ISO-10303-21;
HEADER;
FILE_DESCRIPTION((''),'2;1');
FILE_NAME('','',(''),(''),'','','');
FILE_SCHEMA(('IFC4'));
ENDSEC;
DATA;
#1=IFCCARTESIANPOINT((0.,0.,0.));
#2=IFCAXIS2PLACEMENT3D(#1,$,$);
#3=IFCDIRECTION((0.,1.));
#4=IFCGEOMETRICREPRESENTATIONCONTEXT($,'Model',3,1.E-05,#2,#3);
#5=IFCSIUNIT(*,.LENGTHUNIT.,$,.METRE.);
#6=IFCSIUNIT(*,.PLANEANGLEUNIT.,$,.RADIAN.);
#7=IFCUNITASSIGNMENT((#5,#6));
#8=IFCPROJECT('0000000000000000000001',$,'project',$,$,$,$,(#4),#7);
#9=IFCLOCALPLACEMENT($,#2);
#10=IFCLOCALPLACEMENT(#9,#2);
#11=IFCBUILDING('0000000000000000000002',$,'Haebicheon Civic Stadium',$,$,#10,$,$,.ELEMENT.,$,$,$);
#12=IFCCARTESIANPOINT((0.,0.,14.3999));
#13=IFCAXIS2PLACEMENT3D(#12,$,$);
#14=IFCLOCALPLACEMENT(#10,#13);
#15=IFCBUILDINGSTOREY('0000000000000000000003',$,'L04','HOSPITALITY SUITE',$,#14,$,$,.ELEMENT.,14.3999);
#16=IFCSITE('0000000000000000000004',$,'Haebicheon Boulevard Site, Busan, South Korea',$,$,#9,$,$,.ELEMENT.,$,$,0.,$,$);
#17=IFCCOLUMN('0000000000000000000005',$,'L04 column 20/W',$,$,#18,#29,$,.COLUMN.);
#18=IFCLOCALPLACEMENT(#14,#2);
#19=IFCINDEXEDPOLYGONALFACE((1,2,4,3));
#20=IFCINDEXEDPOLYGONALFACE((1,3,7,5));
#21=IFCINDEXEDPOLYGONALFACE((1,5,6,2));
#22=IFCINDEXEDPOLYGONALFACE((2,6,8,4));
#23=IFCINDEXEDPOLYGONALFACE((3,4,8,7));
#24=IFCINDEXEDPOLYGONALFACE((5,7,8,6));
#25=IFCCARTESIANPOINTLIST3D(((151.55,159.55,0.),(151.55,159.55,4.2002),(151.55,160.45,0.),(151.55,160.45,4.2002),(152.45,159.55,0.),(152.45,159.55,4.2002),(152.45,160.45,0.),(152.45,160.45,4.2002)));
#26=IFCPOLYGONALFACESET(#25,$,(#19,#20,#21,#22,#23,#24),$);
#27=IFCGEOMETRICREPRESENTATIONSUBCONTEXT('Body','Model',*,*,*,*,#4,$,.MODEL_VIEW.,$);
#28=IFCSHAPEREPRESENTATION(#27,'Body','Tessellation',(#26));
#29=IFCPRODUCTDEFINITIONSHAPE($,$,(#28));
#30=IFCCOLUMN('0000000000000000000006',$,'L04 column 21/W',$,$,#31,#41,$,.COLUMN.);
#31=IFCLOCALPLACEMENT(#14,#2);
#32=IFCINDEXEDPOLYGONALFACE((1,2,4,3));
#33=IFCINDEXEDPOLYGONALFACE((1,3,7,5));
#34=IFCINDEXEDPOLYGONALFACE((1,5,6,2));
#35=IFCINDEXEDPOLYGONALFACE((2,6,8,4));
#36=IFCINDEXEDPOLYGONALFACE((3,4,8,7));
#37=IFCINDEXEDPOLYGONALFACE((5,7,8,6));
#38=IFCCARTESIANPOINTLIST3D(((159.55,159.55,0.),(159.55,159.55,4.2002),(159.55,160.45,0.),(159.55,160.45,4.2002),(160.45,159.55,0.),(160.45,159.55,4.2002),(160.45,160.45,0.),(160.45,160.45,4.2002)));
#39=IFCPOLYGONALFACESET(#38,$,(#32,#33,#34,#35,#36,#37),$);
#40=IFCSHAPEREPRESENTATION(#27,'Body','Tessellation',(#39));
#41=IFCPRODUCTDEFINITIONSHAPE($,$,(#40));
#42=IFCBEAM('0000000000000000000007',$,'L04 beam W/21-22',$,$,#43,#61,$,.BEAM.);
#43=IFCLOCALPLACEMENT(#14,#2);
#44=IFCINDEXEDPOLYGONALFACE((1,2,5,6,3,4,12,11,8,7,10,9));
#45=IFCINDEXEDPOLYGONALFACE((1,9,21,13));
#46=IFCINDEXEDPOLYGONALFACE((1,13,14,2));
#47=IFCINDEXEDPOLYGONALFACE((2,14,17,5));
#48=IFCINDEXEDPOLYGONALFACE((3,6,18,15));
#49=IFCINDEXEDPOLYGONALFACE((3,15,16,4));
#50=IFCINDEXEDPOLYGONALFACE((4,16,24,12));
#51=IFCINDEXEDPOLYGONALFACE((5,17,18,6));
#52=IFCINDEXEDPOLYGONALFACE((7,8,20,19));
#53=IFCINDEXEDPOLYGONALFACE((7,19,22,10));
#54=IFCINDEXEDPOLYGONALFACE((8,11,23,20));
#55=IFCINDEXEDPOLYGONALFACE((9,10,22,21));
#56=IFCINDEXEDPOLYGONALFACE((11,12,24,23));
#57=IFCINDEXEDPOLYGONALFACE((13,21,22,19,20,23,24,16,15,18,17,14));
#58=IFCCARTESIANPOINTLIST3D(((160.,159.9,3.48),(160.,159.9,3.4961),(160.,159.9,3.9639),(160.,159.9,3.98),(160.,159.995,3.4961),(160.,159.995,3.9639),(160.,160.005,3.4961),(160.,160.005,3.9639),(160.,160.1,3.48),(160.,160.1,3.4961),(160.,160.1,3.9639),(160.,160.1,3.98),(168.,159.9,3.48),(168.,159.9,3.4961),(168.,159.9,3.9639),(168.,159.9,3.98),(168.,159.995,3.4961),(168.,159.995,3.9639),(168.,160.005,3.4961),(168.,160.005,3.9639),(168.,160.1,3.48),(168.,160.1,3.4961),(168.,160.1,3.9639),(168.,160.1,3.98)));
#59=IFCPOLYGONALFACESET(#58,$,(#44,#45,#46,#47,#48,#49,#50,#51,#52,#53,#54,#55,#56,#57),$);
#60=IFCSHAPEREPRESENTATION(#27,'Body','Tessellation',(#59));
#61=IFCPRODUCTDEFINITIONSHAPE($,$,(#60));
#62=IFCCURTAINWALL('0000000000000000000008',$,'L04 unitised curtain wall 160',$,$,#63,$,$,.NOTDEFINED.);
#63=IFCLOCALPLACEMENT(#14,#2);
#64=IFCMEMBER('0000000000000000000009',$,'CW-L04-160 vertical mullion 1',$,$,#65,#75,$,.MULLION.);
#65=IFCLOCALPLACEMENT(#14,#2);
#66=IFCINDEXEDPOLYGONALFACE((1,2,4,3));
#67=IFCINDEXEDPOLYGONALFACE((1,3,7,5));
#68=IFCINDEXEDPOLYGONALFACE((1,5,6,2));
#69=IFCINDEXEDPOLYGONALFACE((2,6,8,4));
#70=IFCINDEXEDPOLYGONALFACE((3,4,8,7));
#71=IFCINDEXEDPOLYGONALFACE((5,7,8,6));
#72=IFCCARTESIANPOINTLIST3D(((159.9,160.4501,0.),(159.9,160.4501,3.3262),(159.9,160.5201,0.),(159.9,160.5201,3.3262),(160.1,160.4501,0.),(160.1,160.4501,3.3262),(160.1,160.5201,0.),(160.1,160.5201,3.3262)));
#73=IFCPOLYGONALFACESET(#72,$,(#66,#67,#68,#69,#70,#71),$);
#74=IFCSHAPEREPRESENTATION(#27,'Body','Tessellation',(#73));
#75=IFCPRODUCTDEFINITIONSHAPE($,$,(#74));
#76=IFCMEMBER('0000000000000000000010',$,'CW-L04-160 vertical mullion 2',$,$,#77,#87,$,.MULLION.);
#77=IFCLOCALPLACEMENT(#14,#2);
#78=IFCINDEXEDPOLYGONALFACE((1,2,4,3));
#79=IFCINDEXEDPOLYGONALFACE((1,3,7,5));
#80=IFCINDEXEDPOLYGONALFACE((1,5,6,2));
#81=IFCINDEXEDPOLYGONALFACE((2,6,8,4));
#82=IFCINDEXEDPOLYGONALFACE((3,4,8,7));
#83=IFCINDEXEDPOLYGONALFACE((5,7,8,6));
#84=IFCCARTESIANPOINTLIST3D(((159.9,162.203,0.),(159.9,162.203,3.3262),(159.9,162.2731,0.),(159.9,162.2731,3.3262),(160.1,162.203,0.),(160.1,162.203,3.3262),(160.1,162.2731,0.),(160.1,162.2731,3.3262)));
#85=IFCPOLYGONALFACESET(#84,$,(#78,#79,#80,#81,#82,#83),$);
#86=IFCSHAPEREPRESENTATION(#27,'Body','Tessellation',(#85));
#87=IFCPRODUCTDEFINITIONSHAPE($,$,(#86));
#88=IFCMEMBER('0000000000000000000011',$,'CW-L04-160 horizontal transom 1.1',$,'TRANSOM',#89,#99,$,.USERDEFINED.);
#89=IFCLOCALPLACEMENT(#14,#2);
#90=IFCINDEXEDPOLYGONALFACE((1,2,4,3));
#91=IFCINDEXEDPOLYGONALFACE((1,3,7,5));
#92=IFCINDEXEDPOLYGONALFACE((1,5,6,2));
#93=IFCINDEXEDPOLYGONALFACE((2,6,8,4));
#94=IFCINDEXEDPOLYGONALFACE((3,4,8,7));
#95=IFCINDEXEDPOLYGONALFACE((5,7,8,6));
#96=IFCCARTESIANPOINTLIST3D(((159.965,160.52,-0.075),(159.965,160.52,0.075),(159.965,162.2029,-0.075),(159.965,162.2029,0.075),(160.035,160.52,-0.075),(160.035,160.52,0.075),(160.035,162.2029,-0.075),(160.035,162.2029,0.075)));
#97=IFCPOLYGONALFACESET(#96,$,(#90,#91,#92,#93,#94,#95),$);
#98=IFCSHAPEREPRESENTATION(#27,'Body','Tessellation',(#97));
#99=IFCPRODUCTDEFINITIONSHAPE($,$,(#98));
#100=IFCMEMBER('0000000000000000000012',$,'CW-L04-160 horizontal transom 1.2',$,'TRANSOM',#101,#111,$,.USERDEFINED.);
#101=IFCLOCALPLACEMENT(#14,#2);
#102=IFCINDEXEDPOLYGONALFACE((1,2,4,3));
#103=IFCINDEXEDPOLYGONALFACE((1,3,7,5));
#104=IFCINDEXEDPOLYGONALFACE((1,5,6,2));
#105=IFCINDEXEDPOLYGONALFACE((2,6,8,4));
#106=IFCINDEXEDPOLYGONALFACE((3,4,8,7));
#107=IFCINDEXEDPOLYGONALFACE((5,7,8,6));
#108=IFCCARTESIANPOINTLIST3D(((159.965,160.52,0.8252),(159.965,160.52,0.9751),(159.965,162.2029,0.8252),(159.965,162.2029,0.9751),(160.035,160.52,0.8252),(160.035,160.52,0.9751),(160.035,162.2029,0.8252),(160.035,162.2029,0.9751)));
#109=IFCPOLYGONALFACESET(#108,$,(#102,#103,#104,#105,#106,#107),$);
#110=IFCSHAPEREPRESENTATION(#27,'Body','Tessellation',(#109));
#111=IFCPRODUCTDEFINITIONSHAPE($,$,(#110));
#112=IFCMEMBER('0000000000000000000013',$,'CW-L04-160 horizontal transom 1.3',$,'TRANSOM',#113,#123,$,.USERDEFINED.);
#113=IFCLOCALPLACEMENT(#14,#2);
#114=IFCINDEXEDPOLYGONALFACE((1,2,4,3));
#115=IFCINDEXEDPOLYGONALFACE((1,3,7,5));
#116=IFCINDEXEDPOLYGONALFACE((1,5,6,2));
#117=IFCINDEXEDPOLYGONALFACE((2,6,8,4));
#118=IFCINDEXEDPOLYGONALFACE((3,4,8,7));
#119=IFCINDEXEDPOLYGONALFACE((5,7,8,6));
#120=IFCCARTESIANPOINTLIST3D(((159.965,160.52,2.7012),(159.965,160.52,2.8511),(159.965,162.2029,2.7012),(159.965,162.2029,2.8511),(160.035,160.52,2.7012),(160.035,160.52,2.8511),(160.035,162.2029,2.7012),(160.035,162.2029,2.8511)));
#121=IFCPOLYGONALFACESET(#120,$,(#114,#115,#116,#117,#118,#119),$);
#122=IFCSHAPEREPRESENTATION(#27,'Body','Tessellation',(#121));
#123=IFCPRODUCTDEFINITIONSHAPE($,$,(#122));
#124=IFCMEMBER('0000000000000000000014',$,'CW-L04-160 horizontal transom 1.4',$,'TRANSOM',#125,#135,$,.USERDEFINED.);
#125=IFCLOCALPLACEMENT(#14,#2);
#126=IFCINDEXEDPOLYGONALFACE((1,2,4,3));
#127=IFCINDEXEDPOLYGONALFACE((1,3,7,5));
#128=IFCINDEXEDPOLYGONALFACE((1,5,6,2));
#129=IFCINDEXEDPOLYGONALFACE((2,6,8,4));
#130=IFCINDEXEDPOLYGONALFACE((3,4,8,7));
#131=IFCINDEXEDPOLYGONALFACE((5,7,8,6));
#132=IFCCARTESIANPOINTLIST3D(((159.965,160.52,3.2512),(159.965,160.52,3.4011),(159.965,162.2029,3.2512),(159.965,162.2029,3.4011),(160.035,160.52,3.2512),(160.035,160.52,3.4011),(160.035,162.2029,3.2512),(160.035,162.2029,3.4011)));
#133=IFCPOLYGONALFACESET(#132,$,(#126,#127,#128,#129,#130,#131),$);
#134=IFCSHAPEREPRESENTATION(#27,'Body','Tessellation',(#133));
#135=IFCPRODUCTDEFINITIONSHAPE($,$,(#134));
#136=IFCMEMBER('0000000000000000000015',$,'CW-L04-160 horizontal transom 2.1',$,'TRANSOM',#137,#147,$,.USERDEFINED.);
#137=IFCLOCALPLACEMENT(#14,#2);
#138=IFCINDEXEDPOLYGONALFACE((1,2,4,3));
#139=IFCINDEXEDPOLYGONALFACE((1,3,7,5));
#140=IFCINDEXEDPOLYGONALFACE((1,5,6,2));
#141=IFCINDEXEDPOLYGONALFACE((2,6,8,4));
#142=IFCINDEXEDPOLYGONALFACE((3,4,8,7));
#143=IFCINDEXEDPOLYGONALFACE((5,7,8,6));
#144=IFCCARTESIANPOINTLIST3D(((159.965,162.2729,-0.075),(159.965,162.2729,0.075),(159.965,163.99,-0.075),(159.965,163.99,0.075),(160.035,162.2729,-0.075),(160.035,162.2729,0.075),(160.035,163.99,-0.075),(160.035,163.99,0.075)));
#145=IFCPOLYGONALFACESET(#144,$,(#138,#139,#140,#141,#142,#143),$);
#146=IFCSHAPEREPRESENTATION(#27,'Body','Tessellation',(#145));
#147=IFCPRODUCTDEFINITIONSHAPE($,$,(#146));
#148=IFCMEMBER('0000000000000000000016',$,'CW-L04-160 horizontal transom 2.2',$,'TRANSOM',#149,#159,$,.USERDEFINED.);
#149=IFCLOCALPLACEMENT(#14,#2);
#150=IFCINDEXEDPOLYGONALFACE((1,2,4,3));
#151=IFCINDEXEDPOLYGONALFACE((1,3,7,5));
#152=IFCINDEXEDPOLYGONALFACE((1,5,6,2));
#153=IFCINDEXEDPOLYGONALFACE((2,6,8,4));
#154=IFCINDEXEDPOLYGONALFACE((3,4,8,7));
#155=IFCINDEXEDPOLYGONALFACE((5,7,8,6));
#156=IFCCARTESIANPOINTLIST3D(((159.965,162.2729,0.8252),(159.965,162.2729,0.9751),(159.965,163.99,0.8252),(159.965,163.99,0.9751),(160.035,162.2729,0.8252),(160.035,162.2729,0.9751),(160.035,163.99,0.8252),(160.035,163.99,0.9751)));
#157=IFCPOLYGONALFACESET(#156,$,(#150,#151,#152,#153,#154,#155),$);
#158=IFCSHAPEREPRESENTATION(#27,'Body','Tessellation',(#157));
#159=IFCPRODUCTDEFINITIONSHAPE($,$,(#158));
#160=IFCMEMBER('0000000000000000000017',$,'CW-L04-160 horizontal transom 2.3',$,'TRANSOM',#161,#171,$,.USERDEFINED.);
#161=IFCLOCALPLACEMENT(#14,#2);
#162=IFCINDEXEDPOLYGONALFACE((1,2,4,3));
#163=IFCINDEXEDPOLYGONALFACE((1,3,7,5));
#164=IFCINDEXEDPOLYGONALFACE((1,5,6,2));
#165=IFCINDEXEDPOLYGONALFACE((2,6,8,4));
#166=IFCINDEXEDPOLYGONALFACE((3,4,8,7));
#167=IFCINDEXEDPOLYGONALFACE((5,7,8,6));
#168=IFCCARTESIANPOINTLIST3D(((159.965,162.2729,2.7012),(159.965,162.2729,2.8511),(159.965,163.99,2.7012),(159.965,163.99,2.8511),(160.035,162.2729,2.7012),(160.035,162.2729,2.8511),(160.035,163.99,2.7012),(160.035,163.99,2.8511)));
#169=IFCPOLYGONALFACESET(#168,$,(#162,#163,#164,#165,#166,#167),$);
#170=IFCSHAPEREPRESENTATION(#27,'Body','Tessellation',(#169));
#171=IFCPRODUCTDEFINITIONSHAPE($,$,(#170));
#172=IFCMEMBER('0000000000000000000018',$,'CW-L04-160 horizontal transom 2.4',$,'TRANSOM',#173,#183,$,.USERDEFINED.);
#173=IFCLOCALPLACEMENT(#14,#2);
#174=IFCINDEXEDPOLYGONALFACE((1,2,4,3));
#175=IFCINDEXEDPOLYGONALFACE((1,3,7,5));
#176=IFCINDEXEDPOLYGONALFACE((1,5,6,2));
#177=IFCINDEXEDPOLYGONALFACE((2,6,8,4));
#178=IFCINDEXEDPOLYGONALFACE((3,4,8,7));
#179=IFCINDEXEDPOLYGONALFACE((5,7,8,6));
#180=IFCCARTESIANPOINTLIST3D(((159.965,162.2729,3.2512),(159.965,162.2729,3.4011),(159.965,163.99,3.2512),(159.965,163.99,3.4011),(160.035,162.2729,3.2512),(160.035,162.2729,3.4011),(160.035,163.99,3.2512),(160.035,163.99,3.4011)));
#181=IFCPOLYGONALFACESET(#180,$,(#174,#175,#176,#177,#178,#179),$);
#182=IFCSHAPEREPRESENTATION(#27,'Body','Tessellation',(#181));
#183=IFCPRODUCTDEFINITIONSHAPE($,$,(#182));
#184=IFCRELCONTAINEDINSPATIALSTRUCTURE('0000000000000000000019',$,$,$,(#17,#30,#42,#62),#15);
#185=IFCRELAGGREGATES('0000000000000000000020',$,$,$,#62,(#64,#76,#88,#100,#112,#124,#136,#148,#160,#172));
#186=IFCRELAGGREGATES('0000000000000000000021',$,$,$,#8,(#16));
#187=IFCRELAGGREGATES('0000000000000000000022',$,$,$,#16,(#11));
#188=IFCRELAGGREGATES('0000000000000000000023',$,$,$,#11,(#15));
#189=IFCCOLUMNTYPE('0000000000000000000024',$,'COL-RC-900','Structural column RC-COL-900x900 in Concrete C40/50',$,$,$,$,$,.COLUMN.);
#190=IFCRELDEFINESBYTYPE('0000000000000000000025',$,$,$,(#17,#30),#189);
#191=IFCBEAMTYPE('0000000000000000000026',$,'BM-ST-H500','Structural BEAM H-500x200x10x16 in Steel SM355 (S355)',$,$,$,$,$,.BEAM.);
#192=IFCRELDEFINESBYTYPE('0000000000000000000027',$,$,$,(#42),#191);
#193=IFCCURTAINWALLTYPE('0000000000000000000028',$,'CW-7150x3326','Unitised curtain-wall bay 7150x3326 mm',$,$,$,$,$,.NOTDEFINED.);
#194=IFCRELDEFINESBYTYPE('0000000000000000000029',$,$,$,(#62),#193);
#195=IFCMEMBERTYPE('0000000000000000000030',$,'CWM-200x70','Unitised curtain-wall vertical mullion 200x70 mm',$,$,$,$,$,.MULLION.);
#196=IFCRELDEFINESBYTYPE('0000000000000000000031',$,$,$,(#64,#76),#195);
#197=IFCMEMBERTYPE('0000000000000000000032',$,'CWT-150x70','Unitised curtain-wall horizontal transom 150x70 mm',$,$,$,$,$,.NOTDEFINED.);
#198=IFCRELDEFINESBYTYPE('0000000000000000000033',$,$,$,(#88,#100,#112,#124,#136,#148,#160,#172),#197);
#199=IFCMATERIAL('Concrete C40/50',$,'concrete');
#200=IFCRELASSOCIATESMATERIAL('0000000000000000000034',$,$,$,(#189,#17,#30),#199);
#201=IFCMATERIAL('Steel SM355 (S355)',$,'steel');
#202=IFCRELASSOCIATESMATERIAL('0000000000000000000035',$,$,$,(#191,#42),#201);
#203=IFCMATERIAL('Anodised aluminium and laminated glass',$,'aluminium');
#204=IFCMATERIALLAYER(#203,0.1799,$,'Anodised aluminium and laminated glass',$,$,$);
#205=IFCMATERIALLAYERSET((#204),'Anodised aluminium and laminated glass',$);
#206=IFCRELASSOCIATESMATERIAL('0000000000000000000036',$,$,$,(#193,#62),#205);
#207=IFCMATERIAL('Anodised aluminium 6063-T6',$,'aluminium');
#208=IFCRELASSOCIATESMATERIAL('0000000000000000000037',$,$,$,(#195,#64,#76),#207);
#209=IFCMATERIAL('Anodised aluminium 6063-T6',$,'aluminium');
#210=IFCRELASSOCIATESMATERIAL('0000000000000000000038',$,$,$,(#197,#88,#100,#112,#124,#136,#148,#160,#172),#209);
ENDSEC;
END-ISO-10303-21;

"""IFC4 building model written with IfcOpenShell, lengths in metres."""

from ifc_helpers import new_model, si_unit, direction, frame, origin, origin_2d, place, context, subcontext, project, spatial, rectangle, i_section, extrude, material, layer, layer_set, material_profile, profile_set, type_object, element, aggregate, save


model = new_model("IFC4")

# Units and contexts
model_context = context("Model", 3, precision=1e-05, world=origin(), true_north=direction((0.0, 1.0)))
body_context = subcontext(model_context, "Body", "Model", "MODEL_VIEW")
ifc_project = project(units=[si_unit("LENGTHUNIT", "METRE"), si_unit("PLANEANGLEUNIT", "RADIAN")], contexts=[model_context])

# Site, building, storey
site_placement = place(None, origin())
site = spatial("IfcSite", under=ifc_project, at=site_placement, Name="Haebicheon Boulevard Site, Busan, South Korea", CompositionType="ELEMENT", RefElevation=0.0)
building_placement = place(site_placement, origin())
building = spatial("IfcBuilding", under=site, at=building_placement, Name="Haebicheon Civic Stadium", CompositionType="ELEMENT")
storey_placement = place(building_placement, frame((0.0, 0.0, 14.3999)))
storey = spatial("IfcBuildingStorey", under=building, at=storey_placement, Name="L04", Description="HOSPITALITY SUITE", CompositionType="ELEMENT", Elevation=14.3999)

# Columns
ifc_material_1 = material(Name="Concrete C40/50", Category="concrete")
ifc_material_profile_1 = material_profile(ifc_material_1, rectangle(XDim=0.8999, YDim=0.8999, at=origin_2d()), Name="RC-COL-900x900")
ifc_profile_set_1 = profile_set([ifc_material_profile_1], Name="Concrete C40/50")
column_type = type_object("IfcColumnType", Name="COL-RC-900", Description="Structural column RC-COL-900x900 in Concrete C40/50", PredefinedType="COLUMN", material=ifc_profile_set_1)
for number, where, z_axis, x_axis, name in (
    (1, (152.0, 160.0, 0.0), (0.0, 0.0, 1.0), (1.0, 0.0, 0.0), "L04 column 20/W"),
    (2, (160.0, 160.0, 0.0), (0.0, 0.0, 1.0), (1.0, 0.0, 0.0), "L04 column 21/W"),
):
    element("IfcColumn", number, at=place(storey_placement, frame(where, z_axis=z_axis, x_axis=x_axis)), inside=storey, type_object=column_type, material=ifc_profile_set_1, Name=name, PredefinedType="COLUMN", context=body_context, shape_type="SweptSolid", body=[
        extrude(rectangle(XDim=0.8999, YDim=0.8999, at=origin_2d()), origin(), (0.0, 0.0, 1.0), 4.2002),
    ])

# Beam
ifc_material_2 = material(Name="Steel SM355 (S355)", Category="steel")
ifc_material_profile_2 = material_profile(ifc_material_2, i_section(OverallWidth=0.2, OverallDepth=0.5, WebThickness=0.01, FlangeThickness=0.0161, at=origin_2d()), Name="H-500x200x10x16")
ifc_profile_set_2 = profile_set([ifc_material_profile_2], Name="Steel SM355 (S355)")
beam_type_1 = type_object("IfcBeamType", Name="BM-ST-H500", Description="Structural BEAM H-500x200x10x16 in Steel SM355 (S355)", PredefinedType="BEAM", material=ifc_profile_set_2)
beam_1_placement = place(storey_placement, frame((160.0, 160.0, 3.73), z_axis=(1.0, 0.0, 0.0), x_axis=(0.0, 1.0, 0.0)))
element("IfcBeam", 3, at=beam_1_placement, inside=storey, type_object=beam_type_1, material=ifc_profile_set_2, Name="L04 beam W/21-22", PredefinedType="BEAM", context=body_context, shape_type="SweptSolid", body=[
    extrude(i_section(OverallWidth=0.2, OverallDepth=0.5, WebThickness=0.01, FlangeThickness=0.0161, at=origin_2d()), origin(), (0.0, 0.0, 1.0), 8.0),
])

# Curtain wall, members
ifc_material_3 = material(Name="Anodised aluminium and laminated glass", Category="aluminium")
ifc_layer_1 = layer(ifc_material_3, 0.1799, Name="Anodised aluminium and laminated glass")
ifc_layer_set_1 = layer_set([ifc_layer_1], Name="Anodised aluminium and laminated glass")
curtain_wall_type = type_object("IfcCurtainWallType", Name="CW-7150x3326", Description="Unitised curtain-wall bay 7150x3326 mm", PredefinedType="NOTDEFINED", material=ifc_layer_set_1)
curtain_wall_placement = place(storey_placement, origin())
curtain_wall = element("IfcCurtainWall", 4, at=curtain_wall_placement, inside=storey, type_object=curtain_wall_type, material=ifc_layer_set_1, Name="L04 unitised curtain wall 160", PredefinedType="NOTDEFINED")
ifc_material_4 = material(Name="Anodised aluminium 6063-T6", Category="aluminium")
ifc_material_profile_3 = material_profile(ifc_material_4, rectangle(XDim=0.0701, YDim=0.2, at=origin_2d()), Name="ALU-MULL-70x200")
ifc_profile_set_3 = profile_set([ifc_material_profile_3], Name="Anodised aluminium 6063-T6")
member_type_1 = type_object("IfcMemberType", Name="CWM-200x70", Description="Unitised curtain-wall vertical mullion 200x70 mm", PredefinedType="MULLION", material=ifc_profile_set_3)
member_1_placement = place(storey_placement, frame((160.0, 160.4851, 0.0), z_axis=(0.0, 0.0, 1.0), x_axis=(0.0, 1.0, 0.0)))
member_1 = element("IfcMember", 5, at=member_1_placement, type_object=member_type_1, material=ifc_profile_set_3, Name="CW-L04-160 vertical mullion 1", PredefinedType="MULLION", context=body_context, shape_type="SweptSolid", body=[
    extrude(rectangle(XDim=0.0701, YDim=0.2, at=origin_2d()), origin(), (0.0, 0.0, 1.0), 3.3262),
])
member_2_placement = place(storey_placement, frame((160.0, 162.238, 0.0), z_axis=(0.0, 0.0, 1.0), x_axis=(0.0, 1.0, 0.0)))
member_2 = element("IfcMember", 6, at=member_2_placement, type_object=member_type_1, material=ifc_profile_set_3, Name="CW-L04-160 vertical mullion 2", PredefinedType="MULLION", context=body_context, shape_type="SweptSolid", body=[
    extrude(rectangle(XDim=0.0701, YDim=0.2, at=origin_2d()), origin(), (0.0, 0.0, 1.0), 3.3262),
])
ifc_material_5 = material(Name="Anodised aluminium 6063-T6", Category="aluminium")
ifc_material_profile_4 = material_profile(ifc_material_5, rectangle(XDim=0.0701, YDim=0.1499, at=origin_2d()), Name="ALU-TRAN-70x150")
ifc_profile_set_4 = profile_set([ifc_material_profile_4], Name="Anodised aluminium 6063-T6")
member_type_2 = type_object("IfcMemberType", Name="CWT-150x70", Description="Unitised curtain-wall horizontal transom 150x70 mm", PredefinedType="NOTDEFINED", material=ifc_profile_set_4)
member_3_placement = place(storey_placement, frame((160.0, 160.52, 0.0), z_axis=(0.0, 1.0, 0.0), x_axis=(-1.0, 0.0, 0.0)))
member_3 = element("IfcMember", 7, at=member_3_placement, type_object=member_type_2, material=ifc_profile_set_4, Name="CW-L04-160 horizontal transom 1.1", ObjectType="TRANSOM", PredefinedType="USERDEFINED", context=body_context, shape_type="SweptSolid", body=[
    extrude(rectangle(XDim=0.0701, YDim=0.1499, at=origin_2d()), origin(), (0.0, 0.0, 1.0), 1.6829),
])
member_4_placement = place(storey_placement, frame((160.0, 160.52, 0.9001), z_axis=(0.0, 1.0, 0.0), x_axis=(-1.0, 0.0, 0.0)))
member_4 = element("IfcMember", 8, at=member_4_placement, type_object=member_type_2, material=ifc_profile_set_4, Name="CW-L04-160 horizontal transom 1.2", ObjectType="TRANSOM", PredefinedType="USERDEFINED", context=body_context, shape_type="SweptSolid", body=[
    extrude(rectangle(XDim=0.0701, YDim=0.1499, at=origin_2d()), origin(), (0.0, 0.0, 1.0), 1.6829),
])
member_5_placement = place(storey_placement, frame((160.0, 160.52, 2.7761), z_axis=(0.0, 1.0, 0.0), x_axis=(-1.0, 0.0, 0.0)))
member_5 = element("IfcMember", 9, at=member_5_placement, type_object=member_type_2, material=ifc_profile_set_4, Name="CW-L04-160 horizontal transom 1.3", ObjectType="TRANSOM", PredefinedType="USERDEFINED", context=body_context, shape_type="SweptSolid", body=[
    extrude(rectangle(XDim=0.0701, YDim=0.1499, at=origin_2d()), origin(), (0.0, 0.0, 1.0), 1.6829),
])
member_6_placement = place(storey_placement, frame((160.0, 160.52, 3.3262), z_axis=(0.0, 1.0, 0.0), x_axis=(-1.0, 0.0, 0.0)))
member_6 = element("IfcMember", 10, at=member_6_placement, type_object=member_type_2, material=ifc_profile_set_4, Name="CW-L04-160 horizontal transom 1.4", ObjectType="TRANSOM", PredefinedType="USERDEFINED", context=body_context, shape_type="SweptSolid", body=[
    extrude(rectangle(XDim=0.0701, YDim=0.1499, at=origin_2d()), origin(), (0.0, 0.0, 1.0), 1.6829),
])
member_7_placement = place(storey_placement, frame((160.0, 162.2729, 0.0), z_axis=(0.0, 1.0, 0.0), x_axis=(-1.0, 0.0, 0.0)))
member_7 = element("IfcMember", 11, at=member_7_placement, type_object=member_type_2, material=ifc_profile_set_4, Name="CW-L04-160 horizontal transom 2.1", ObjectType="TRANSOM", PredefinedType="USERDEFINED", context=body_context, shape_type="SweptSolid", body=[
    extrude(rectangle(XDim=0.0701, YDim=0.1499, at=origin_2d()), origin(), (0.0, 0.0, 1.0), 1.717),
])
member_8_placement = place(storey_placement, frame((160.0, 162.2729, 0.9001), z_axis=(0.0, 1.0, 0.0), x_axis=(-1.0, 0.0, 0.0)))
member_8 = element("IfcMember", 12, at=member_8_placement, type_object=member_type_2, material=ifc_profile_set_4, Name="CW-L04-160 horizontal transom 2.2", ObjectType="TRANSOM", PredefinedType="USERDEFINED", context=body_context, shape_type="SweptSolid", body=[
    extrude(rectangle(XDim=0.0701, YDim=0.1499, at=origin_2d()), origin(), (0.0, 0.0, 1.0), 1.717),
])
member_9_placement = place(storey_placement, frame((160.0, 162.2729, 2.7761), z_axis=(0.0, 1.0, 0.0), x_axis=(-1.0, 0.0, 0.0)))
member_9 = element("IfcMember", 13, at=member_9_placement, type_object=member_type_2, material=ifc_profile_set_4, Name="CW-L04-160 horizontal transom 2.3", ObjectType="TRANSOM", PredefinedType="USERDEFINED", context=body_context, shape_type="SweptSolid", body=[
    extrude(rectangle(XDim=0.0701, YDim=0.1499, at=origin_2d()), origin(), (0.0, 0.0, 1.0), 1.717),
])
member_10_placement = place(storey_placement, frame((160.0, 162.2729, 3.3262), z_axis=(0.0, 1.0, 0.0), x_axis=(-1.0, 0.0, 0.0)))
member_10 = element("IfcMember", 14, at=member_10_placement, type_object=member_type_2, material=ifc_profile_set_4, Name="CW-L04-160 horizontal transom 2.4", ObjectType="TRANSOM", PredefinedType="USERDEFINED", context=body_context, shape_type="SweptSolid", body=[
    extrude(rectangle(XDim=0.0701, YDim=0.1499, at=origin_2d()), origin(), (0.0, 0.0, 1.0), 1.717),
])

aggregate(curtain_wall, [member_1, member_2, member_3, member_4, member_5, member_6, member_7, member_8, member_9, member_10])

save(model, "model.ifc")
